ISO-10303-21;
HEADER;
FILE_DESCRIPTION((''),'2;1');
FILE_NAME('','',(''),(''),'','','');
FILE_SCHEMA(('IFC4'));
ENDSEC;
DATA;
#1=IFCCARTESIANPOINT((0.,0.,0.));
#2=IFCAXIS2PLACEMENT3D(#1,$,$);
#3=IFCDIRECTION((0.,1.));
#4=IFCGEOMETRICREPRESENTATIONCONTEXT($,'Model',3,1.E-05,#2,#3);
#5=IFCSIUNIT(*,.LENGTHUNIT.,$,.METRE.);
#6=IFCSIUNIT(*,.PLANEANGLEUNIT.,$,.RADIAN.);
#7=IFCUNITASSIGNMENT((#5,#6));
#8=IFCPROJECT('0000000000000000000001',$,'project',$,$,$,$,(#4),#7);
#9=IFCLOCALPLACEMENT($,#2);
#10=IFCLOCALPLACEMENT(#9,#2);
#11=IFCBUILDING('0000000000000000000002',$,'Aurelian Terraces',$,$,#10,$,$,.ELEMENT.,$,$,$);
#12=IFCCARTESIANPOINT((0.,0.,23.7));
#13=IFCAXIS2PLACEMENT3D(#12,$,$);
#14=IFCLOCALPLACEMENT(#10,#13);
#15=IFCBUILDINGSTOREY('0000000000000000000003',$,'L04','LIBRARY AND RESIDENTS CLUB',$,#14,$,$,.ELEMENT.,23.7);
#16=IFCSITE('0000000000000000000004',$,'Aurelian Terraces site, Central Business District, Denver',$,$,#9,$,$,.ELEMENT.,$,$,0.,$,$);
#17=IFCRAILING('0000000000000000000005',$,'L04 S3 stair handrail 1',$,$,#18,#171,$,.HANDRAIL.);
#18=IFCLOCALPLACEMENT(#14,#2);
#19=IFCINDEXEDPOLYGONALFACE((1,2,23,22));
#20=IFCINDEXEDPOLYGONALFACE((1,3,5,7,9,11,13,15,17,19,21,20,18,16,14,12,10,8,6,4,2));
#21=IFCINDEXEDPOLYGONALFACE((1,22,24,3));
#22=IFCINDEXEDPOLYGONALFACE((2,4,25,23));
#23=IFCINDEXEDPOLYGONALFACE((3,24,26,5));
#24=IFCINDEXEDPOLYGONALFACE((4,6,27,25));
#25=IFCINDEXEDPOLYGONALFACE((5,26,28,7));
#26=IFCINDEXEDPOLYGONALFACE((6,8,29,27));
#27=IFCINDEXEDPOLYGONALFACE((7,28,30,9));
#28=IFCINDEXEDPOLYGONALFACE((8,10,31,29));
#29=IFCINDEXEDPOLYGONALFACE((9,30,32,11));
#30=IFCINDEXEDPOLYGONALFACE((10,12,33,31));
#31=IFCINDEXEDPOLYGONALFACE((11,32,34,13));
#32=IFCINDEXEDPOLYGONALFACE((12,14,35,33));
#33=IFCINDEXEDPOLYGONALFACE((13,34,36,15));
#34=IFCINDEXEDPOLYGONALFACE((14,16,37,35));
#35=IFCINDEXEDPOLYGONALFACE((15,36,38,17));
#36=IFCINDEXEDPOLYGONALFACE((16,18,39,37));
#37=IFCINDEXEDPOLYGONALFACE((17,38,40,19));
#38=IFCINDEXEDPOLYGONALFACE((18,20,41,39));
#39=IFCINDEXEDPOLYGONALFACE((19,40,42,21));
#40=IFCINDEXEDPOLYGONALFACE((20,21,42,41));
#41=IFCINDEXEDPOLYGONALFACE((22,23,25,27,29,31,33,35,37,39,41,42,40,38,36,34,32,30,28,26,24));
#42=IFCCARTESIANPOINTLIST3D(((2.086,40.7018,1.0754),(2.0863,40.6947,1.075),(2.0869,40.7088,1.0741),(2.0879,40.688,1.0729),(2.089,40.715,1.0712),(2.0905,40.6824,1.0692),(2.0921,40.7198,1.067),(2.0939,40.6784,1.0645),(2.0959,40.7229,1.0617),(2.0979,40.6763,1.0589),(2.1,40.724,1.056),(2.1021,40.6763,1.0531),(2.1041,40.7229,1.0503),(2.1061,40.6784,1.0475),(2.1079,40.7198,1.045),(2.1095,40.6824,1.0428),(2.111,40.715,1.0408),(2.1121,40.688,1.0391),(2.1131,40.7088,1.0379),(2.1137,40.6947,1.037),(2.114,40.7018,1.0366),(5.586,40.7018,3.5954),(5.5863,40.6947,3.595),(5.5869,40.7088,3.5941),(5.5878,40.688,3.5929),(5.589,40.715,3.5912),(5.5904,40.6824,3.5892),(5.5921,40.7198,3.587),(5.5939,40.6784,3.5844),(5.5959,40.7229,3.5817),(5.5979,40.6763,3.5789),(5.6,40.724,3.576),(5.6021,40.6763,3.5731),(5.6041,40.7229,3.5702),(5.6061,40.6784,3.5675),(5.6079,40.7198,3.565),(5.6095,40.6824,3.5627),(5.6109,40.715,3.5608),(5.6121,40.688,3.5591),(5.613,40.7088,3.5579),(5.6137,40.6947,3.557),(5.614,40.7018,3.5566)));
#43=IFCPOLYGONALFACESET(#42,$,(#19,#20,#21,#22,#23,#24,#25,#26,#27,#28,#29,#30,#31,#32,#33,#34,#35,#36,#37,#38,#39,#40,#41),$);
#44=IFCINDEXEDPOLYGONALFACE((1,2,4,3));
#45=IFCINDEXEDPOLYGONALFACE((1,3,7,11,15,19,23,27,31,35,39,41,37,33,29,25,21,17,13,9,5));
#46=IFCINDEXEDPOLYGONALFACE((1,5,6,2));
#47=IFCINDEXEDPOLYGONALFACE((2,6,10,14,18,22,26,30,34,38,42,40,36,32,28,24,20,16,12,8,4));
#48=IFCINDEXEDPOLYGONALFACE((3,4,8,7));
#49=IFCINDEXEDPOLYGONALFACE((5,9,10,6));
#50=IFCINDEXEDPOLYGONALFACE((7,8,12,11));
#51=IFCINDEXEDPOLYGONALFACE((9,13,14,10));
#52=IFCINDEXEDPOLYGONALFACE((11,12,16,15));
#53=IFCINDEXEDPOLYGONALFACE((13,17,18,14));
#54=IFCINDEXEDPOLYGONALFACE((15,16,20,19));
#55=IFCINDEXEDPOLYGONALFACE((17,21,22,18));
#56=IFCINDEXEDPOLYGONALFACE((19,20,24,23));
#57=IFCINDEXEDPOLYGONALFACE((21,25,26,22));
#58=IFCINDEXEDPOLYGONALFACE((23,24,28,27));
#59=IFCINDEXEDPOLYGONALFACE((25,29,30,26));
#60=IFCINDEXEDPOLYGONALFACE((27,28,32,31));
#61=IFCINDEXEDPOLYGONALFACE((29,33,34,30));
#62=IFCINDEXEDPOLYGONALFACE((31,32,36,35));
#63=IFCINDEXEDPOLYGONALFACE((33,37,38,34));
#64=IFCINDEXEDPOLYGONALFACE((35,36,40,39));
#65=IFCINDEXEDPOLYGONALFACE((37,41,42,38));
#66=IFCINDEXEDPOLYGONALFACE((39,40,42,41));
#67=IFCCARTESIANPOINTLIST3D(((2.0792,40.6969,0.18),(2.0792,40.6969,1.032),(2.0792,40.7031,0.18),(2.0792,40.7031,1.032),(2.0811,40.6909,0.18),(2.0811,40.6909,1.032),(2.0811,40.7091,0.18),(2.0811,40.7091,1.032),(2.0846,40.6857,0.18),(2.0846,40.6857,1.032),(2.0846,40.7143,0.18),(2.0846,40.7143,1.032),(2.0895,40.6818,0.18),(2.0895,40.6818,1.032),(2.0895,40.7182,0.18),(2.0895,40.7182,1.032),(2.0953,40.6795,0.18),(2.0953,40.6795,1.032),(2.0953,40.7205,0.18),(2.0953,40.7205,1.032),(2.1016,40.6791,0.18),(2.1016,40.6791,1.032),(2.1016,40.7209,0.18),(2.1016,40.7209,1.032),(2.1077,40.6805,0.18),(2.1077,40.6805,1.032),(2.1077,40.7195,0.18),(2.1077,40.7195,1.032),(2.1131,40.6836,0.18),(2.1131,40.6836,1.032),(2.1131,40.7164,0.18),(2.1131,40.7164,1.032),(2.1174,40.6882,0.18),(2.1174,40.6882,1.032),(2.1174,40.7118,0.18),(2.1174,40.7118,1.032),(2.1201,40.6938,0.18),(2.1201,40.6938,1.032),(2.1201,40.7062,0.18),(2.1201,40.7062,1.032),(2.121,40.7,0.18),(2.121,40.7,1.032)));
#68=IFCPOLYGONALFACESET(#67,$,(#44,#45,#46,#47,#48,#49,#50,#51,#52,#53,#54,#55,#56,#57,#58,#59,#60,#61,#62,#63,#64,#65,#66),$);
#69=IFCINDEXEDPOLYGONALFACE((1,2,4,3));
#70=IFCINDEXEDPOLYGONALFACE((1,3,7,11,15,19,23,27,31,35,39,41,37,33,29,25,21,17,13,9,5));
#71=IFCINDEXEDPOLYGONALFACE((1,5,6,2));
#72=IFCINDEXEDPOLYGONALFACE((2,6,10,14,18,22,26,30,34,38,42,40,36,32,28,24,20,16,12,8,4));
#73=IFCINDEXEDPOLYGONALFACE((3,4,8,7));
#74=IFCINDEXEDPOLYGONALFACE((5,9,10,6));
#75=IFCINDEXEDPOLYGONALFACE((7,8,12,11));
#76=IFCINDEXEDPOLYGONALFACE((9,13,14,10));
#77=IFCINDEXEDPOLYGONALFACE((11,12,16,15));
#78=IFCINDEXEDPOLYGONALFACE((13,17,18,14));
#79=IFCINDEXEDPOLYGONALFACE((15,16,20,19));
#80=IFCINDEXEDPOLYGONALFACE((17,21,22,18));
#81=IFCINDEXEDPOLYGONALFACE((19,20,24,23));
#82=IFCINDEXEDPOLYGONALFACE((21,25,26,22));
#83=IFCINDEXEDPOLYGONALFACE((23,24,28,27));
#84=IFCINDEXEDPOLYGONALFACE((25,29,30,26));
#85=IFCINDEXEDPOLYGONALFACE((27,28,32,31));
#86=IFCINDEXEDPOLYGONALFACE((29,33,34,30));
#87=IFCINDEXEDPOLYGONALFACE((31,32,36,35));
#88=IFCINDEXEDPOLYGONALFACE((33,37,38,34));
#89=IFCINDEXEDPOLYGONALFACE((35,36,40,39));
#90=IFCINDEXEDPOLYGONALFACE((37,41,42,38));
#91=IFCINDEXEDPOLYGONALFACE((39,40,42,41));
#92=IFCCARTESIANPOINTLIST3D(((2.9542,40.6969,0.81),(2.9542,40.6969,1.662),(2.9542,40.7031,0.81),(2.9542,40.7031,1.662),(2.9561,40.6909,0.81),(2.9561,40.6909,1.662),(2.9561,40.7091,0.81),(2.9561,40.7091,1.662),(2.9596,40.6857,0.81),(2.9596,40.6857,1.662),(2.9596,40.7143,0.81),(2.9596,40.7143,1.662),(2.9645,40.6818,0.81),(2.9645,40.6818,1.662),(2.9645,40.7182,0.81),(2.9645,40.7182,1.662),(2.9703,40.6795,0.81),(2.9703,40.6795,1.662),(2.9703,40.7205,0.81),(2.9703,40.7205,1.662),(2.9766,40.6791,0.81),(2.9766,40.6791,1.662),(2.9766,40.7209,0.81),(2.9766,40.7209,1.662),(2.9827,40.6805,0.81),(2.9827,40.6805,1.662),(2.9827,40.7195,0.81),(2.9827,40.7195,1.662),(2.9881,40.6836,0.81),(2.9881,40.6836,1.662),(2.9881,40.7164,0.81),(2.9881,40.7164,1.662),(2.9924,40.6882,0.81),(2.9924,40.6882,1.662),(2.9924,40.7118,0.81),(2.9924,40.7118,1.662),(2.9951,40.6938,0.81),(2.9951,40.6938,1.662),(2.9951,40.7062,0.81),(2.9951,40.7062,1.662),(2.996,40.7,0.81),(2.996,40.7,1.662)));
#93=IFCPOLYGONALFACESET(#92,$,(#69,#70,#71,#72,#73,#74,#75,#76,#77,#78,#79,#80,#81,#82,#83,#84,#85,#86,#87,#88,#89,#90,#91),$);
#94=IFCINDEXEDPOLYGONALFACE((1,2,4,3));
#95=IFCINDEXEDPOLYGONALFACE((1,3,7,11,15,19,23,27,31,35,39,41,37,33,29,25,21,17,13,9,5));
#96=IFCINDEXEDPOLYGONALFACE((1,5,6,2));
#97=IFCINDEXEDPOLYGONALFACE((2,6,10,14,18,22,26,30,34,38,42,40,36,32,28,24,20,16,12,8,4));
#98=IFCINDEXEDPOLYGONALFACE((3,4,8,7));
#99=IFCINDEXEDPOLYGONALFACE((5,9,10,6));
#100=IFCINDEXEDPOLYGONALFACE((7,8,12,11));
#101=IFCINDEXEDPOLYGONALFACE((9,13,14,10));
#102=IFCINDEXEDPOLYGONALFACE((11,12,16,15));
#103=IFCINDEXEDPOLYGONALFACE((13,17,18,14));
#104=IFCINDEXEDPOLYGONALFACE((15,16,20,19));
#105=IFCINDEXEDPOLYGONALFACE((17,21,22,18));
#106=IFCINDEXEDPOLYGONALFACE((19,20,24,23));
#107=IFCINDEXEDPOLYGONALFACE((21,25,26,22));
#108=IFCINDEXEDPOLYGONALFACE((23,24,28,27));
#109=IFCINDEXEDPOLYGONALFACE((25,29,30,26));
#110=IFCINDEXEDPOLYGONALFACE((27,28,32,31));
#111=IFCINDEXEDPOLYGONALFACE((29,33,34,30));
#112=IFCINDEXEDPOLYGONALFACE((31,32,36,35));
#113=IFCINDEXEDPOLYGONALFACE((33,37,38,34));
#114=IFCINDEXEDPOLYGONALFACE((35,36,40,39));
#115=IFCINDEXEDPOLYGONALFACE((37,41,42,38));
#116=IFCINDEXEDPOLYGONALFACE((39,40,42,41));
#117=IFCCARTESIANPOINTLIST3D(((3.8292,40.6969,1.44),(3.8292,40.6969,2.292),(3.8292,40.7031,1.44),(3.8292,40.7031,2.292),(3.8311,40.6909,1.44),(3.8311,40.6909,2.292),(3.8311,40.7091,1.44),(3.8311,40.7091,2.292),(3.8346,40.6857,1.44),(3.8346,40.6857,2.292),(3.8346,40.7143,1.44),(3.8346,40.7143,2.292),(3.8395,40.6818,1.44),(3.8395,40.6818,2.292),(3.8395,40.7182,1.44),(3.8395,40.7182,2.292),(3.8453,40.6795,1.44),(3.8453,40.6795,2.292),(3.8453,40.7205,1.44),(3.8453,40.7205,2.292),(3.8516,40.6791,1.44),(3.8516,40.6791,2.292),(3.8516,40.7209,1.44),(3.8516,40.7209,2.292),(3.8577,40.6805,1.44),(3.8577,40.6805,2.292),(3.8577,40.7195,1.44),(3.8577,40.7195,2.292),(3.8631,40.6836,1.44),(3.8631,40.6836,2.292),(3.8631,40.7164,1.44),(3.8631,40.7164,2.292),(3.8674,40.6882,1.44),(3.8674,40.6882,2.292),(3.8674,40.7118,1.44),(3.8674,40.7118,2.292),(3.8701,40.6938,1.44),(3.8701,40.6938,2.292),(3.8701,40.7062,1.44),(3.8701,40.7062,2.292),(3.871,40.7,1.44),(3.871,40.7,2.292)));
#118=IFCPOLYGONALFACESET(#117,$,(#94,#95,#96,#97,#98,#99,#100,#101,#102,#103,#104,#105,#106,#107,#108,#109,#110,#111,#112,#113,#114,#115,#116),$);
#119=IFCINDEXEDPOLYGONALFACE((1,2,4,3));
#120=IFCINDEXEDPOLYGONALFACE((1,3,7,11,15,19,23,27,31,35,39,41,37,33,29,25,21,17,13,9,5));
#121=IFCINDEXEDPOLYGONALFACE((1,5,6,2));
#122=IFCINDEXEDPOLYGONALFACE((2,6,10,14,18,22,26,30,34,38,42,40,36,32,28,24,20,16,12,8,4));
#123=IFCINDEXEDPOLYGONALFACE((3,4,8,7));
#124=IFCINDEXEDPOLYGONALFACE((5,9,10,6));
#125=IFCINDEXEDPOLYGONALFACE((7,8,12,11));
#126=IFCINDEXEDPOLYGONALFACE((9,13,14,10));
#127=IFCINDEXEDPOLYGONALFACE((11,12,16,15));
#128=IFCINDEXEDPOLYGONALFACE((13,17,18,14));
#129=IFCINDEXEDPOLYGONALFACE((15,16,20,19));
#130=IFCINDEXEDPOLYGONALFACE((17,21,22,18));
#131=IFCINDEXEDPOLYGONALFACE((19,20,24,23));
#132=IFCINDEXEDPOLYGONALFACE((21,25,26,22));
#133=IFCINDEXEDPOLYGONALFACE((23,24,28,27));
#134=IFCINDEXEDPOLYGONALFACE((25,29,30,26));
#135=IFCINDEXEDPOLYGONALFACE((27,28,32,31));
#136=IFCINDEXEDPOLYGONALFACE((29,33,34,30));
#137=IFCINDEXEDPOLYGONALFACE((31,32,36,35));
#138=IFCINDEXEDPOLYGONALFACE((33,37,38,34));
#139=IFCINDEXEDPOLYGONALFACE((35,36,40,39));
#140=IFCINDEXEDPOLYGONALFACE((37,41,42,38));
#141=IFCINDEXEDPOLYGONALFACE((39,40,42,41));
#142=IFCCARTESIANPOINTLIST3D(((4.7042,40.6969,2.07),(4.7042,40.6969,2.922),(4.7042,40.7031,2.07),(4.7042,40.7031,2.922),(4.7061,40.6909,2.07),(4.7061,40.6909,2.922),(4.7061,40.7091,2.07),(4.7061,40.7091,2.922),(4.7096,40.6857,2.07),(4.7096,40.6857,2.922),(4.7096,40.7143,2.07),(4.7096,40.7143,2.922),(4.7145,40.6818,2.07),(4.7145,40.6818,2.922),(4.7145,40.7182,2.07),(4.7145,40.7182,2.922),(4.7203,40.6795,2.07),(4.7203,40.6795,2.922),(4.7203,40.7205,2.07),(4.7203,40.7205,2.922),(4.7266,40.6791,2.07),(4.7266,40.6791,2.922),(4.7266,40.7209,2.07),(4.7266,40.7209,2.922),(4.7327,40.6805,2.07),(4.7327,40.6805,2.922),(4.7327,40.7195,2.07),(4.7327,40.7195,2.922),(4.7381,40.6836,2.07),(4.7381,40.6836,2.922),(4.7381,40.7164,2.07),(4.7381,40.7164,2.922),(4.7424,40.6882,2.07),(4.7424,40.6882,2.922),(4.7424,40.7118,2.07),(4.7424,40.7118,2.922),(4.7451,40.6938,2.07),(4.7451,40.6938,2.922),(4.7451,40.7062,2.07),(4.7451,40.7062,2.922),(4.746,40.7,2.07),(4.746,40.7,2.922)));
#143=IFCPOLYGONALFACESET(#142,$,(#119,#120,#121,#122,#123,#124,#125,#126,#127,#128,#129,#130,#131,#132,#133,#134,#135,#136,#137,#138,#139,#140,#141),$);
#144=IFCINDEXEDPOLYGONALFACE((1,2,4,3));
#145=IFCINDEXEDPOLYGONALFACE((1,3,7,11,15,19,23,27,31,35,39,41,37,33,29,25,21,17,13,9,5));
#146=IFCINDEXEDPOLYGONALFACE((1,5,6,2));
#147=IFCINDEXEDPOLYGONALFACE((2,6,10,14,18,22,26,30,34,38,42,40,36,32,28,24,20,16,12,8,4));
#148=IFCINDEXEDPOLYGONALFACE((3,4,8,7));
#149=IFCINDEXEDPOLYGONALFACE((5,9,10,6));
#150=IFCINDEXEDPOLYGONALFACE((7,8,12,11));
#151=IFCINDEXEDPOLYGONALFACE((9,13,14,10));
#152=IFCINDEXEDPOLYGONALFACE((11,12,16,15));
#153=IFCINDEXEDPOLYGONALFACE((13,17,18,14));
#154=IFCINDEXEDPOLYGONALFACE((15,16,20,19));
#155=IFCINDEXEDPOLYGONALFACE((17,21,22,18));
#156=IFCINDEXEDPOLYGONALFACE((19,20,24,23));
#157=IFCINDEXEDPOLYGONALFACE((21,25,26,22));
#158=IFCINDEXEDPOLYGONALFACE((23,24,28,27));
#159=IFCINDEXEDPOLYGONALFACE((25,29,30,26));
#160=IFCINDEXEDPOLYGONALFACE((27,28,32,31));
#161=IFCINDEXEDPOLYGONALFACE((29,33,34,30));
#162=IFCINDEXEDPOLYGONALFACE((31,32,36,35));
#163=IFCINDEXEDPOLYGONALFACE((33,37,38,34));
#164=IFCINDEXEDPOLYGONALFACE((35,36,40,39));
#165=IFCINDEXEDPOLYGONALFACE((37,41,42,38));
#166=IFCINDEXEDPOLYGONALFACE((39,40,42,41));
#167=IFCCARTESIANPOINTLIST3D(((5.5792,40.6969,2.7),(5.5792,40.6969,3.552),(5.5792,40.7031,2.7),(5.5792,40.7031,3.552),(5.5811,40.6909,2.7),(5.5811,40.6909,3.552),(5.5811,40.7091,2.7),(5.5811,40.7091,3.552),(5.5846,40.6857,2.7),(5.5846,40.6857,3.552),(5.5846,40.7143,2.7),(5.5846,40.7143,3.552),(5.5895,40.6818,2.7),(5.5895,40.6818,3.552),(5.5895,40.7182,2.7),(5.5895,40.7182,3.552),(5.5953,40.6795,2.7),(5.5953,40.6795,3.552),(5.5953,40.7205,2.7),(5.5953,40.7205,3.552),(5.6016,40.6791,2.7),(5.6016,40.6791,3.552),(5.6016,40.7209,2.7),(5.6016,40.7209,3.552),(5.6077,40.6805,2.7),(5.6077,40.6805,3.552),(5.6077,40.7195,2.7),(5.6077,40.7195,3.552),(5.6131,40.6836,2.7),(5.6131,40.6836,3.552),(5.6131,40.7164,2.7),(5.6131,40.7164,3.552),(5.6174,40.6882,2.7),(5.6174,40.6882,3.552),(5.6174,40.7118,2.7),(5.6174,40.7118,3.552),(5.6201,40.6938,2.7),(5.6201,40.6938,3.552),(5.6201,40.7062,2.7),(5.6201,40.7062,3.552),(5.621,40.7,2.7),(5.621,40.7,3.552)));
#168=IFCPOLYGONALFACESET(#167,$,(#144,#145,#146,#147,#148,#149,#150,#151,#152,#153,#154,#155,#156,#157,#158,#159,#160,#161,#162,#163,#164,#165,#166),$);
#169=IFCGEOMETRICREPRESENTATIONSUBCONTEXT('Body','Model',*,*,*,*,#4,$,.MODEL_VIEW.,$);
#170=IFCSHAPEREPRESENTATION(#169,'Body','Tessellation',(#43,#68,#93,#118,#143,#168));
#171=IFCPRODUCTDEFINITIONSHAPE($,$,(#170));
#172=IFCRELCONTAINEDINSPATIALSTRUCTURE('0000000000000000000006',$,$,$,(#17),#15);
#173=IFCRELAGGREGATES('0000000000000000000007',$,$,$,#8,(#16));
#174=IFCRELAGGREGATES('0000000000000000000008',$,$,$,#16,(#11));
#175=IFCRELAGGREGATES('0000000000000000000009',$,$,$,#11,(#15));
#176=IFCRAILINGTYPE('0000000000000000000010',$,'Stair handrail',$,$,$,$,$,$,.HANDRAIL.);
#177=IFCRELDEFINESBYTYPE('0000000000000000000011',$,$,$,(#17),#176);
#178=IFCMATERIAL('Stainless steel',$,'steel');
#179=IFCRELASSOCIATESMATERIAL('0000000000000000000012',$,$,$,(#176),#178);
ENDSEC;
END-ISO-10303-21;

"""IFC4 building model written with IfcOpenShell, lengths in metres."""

from ifc_helpers import new_model, si_unit, direction, frame, origin, origin_2d, place, context, subcontext, project, spatial, circle, extrude, source, transform, mapped, material, type_object, element, save


model = new_model("IFC4")

# Units and contexts
model_context = context("Model", 3, precision=1e-05, world=origin(), true_north=direction((0.0, 1.0)))
body_context = subcontext(model_context, "Body", "Model", "MODEL_VIEW")
ifc_project = project(units=[si_unit("LENGTHUNIT", "METRE"), si_unit("PLANEANGLEUNIT", "RADIAN")], contexts=[model_context])

# Site, building, storey
site_placement = place(None, origin())
site = spatial("IfcSite", under=ifc_project, at=site_placement, Name="Aurelian Terraces site, Central Business District, Denver", CompositionType="ELEMENT", RefElevation=0.0)
building_placement = place(site_placement, origin())
building = spatial("IfcBuilding", under=site, at=building_placement, Name="Aurelian Terraces", CompositionType="ELEMENT")
storey_placement = place(building_placement, frame((0.0, 0.0, 23.7)))
storey = spatial("IfcBuildingStorey", under=building, at=storey_placement, Name="L04", Description="LIBRARY AND RESIDENTS CLUB", CompositionType="ELEMENT", Elevation=23.7)

# Railing
ifc_material_1 = material(Name="Stainless steel", Category="steel")
railing_type_1 = type_object("IfcRailingType", Name="Stair handrail", PredefinedType="HANDRAIL", material=ifc_material_1)
shared_shape_1 = source(origin(), body_context, "Body", "SweptSolid", [
    extrude(circle(Radius=0.024, at=origin_2d()), frame((0.0, 0.0, 0.876), z_axis=(0.811534, 0.0, 0.584305), x_axis=(0.0, 1.0, 0.0)), (0.0, 0.0, 1.0), 4.3128),
    extrude(circle(Radius=0.021, at=origin_2d()), origin(), (0.0, 0.0, 1.0), 0.852),
    extrude(circle(Radius=0.021, at=origin_2d()), frame((0.875, 0.0, 0.63)), (0.0, 0.0, 1.0), 0.852),
    extrude(circle(Radius=0.021, at=origin_2d()), frame((1.75, 0.0, 1.26)), (0.0, 0.0, 1.0), 0.852),
    extrude(circle(Radius=0.021, at=origin_2d()), frame((2.625, 0.0, 1.89)), (0.0, 0.0, 1.0), 0.852),
    extrude(circle(Radius=0.021, at=origin_2d()), frame((3.5, 0.0, 2.52)), (0.0, 0.0, 1.0), 0.852),
])
for number, where, name in (
    (1, (2.1, 40.7, 0.18), "L04 S3 stair handrail 1"),
):
    element("IfcRailing", number, at=place(storey_placement, frame(where)), inside=storey, type_object=railing_type_1, Name=name, PredefinedType="HANDRAIL", context=body_context, shape_type="MappedRepresentation", body=[
        mapped(shared_shape_1, transform((0.0, 0.0, 0.0), scale=1.0)),
    ])

save(model, "model.ifc")
